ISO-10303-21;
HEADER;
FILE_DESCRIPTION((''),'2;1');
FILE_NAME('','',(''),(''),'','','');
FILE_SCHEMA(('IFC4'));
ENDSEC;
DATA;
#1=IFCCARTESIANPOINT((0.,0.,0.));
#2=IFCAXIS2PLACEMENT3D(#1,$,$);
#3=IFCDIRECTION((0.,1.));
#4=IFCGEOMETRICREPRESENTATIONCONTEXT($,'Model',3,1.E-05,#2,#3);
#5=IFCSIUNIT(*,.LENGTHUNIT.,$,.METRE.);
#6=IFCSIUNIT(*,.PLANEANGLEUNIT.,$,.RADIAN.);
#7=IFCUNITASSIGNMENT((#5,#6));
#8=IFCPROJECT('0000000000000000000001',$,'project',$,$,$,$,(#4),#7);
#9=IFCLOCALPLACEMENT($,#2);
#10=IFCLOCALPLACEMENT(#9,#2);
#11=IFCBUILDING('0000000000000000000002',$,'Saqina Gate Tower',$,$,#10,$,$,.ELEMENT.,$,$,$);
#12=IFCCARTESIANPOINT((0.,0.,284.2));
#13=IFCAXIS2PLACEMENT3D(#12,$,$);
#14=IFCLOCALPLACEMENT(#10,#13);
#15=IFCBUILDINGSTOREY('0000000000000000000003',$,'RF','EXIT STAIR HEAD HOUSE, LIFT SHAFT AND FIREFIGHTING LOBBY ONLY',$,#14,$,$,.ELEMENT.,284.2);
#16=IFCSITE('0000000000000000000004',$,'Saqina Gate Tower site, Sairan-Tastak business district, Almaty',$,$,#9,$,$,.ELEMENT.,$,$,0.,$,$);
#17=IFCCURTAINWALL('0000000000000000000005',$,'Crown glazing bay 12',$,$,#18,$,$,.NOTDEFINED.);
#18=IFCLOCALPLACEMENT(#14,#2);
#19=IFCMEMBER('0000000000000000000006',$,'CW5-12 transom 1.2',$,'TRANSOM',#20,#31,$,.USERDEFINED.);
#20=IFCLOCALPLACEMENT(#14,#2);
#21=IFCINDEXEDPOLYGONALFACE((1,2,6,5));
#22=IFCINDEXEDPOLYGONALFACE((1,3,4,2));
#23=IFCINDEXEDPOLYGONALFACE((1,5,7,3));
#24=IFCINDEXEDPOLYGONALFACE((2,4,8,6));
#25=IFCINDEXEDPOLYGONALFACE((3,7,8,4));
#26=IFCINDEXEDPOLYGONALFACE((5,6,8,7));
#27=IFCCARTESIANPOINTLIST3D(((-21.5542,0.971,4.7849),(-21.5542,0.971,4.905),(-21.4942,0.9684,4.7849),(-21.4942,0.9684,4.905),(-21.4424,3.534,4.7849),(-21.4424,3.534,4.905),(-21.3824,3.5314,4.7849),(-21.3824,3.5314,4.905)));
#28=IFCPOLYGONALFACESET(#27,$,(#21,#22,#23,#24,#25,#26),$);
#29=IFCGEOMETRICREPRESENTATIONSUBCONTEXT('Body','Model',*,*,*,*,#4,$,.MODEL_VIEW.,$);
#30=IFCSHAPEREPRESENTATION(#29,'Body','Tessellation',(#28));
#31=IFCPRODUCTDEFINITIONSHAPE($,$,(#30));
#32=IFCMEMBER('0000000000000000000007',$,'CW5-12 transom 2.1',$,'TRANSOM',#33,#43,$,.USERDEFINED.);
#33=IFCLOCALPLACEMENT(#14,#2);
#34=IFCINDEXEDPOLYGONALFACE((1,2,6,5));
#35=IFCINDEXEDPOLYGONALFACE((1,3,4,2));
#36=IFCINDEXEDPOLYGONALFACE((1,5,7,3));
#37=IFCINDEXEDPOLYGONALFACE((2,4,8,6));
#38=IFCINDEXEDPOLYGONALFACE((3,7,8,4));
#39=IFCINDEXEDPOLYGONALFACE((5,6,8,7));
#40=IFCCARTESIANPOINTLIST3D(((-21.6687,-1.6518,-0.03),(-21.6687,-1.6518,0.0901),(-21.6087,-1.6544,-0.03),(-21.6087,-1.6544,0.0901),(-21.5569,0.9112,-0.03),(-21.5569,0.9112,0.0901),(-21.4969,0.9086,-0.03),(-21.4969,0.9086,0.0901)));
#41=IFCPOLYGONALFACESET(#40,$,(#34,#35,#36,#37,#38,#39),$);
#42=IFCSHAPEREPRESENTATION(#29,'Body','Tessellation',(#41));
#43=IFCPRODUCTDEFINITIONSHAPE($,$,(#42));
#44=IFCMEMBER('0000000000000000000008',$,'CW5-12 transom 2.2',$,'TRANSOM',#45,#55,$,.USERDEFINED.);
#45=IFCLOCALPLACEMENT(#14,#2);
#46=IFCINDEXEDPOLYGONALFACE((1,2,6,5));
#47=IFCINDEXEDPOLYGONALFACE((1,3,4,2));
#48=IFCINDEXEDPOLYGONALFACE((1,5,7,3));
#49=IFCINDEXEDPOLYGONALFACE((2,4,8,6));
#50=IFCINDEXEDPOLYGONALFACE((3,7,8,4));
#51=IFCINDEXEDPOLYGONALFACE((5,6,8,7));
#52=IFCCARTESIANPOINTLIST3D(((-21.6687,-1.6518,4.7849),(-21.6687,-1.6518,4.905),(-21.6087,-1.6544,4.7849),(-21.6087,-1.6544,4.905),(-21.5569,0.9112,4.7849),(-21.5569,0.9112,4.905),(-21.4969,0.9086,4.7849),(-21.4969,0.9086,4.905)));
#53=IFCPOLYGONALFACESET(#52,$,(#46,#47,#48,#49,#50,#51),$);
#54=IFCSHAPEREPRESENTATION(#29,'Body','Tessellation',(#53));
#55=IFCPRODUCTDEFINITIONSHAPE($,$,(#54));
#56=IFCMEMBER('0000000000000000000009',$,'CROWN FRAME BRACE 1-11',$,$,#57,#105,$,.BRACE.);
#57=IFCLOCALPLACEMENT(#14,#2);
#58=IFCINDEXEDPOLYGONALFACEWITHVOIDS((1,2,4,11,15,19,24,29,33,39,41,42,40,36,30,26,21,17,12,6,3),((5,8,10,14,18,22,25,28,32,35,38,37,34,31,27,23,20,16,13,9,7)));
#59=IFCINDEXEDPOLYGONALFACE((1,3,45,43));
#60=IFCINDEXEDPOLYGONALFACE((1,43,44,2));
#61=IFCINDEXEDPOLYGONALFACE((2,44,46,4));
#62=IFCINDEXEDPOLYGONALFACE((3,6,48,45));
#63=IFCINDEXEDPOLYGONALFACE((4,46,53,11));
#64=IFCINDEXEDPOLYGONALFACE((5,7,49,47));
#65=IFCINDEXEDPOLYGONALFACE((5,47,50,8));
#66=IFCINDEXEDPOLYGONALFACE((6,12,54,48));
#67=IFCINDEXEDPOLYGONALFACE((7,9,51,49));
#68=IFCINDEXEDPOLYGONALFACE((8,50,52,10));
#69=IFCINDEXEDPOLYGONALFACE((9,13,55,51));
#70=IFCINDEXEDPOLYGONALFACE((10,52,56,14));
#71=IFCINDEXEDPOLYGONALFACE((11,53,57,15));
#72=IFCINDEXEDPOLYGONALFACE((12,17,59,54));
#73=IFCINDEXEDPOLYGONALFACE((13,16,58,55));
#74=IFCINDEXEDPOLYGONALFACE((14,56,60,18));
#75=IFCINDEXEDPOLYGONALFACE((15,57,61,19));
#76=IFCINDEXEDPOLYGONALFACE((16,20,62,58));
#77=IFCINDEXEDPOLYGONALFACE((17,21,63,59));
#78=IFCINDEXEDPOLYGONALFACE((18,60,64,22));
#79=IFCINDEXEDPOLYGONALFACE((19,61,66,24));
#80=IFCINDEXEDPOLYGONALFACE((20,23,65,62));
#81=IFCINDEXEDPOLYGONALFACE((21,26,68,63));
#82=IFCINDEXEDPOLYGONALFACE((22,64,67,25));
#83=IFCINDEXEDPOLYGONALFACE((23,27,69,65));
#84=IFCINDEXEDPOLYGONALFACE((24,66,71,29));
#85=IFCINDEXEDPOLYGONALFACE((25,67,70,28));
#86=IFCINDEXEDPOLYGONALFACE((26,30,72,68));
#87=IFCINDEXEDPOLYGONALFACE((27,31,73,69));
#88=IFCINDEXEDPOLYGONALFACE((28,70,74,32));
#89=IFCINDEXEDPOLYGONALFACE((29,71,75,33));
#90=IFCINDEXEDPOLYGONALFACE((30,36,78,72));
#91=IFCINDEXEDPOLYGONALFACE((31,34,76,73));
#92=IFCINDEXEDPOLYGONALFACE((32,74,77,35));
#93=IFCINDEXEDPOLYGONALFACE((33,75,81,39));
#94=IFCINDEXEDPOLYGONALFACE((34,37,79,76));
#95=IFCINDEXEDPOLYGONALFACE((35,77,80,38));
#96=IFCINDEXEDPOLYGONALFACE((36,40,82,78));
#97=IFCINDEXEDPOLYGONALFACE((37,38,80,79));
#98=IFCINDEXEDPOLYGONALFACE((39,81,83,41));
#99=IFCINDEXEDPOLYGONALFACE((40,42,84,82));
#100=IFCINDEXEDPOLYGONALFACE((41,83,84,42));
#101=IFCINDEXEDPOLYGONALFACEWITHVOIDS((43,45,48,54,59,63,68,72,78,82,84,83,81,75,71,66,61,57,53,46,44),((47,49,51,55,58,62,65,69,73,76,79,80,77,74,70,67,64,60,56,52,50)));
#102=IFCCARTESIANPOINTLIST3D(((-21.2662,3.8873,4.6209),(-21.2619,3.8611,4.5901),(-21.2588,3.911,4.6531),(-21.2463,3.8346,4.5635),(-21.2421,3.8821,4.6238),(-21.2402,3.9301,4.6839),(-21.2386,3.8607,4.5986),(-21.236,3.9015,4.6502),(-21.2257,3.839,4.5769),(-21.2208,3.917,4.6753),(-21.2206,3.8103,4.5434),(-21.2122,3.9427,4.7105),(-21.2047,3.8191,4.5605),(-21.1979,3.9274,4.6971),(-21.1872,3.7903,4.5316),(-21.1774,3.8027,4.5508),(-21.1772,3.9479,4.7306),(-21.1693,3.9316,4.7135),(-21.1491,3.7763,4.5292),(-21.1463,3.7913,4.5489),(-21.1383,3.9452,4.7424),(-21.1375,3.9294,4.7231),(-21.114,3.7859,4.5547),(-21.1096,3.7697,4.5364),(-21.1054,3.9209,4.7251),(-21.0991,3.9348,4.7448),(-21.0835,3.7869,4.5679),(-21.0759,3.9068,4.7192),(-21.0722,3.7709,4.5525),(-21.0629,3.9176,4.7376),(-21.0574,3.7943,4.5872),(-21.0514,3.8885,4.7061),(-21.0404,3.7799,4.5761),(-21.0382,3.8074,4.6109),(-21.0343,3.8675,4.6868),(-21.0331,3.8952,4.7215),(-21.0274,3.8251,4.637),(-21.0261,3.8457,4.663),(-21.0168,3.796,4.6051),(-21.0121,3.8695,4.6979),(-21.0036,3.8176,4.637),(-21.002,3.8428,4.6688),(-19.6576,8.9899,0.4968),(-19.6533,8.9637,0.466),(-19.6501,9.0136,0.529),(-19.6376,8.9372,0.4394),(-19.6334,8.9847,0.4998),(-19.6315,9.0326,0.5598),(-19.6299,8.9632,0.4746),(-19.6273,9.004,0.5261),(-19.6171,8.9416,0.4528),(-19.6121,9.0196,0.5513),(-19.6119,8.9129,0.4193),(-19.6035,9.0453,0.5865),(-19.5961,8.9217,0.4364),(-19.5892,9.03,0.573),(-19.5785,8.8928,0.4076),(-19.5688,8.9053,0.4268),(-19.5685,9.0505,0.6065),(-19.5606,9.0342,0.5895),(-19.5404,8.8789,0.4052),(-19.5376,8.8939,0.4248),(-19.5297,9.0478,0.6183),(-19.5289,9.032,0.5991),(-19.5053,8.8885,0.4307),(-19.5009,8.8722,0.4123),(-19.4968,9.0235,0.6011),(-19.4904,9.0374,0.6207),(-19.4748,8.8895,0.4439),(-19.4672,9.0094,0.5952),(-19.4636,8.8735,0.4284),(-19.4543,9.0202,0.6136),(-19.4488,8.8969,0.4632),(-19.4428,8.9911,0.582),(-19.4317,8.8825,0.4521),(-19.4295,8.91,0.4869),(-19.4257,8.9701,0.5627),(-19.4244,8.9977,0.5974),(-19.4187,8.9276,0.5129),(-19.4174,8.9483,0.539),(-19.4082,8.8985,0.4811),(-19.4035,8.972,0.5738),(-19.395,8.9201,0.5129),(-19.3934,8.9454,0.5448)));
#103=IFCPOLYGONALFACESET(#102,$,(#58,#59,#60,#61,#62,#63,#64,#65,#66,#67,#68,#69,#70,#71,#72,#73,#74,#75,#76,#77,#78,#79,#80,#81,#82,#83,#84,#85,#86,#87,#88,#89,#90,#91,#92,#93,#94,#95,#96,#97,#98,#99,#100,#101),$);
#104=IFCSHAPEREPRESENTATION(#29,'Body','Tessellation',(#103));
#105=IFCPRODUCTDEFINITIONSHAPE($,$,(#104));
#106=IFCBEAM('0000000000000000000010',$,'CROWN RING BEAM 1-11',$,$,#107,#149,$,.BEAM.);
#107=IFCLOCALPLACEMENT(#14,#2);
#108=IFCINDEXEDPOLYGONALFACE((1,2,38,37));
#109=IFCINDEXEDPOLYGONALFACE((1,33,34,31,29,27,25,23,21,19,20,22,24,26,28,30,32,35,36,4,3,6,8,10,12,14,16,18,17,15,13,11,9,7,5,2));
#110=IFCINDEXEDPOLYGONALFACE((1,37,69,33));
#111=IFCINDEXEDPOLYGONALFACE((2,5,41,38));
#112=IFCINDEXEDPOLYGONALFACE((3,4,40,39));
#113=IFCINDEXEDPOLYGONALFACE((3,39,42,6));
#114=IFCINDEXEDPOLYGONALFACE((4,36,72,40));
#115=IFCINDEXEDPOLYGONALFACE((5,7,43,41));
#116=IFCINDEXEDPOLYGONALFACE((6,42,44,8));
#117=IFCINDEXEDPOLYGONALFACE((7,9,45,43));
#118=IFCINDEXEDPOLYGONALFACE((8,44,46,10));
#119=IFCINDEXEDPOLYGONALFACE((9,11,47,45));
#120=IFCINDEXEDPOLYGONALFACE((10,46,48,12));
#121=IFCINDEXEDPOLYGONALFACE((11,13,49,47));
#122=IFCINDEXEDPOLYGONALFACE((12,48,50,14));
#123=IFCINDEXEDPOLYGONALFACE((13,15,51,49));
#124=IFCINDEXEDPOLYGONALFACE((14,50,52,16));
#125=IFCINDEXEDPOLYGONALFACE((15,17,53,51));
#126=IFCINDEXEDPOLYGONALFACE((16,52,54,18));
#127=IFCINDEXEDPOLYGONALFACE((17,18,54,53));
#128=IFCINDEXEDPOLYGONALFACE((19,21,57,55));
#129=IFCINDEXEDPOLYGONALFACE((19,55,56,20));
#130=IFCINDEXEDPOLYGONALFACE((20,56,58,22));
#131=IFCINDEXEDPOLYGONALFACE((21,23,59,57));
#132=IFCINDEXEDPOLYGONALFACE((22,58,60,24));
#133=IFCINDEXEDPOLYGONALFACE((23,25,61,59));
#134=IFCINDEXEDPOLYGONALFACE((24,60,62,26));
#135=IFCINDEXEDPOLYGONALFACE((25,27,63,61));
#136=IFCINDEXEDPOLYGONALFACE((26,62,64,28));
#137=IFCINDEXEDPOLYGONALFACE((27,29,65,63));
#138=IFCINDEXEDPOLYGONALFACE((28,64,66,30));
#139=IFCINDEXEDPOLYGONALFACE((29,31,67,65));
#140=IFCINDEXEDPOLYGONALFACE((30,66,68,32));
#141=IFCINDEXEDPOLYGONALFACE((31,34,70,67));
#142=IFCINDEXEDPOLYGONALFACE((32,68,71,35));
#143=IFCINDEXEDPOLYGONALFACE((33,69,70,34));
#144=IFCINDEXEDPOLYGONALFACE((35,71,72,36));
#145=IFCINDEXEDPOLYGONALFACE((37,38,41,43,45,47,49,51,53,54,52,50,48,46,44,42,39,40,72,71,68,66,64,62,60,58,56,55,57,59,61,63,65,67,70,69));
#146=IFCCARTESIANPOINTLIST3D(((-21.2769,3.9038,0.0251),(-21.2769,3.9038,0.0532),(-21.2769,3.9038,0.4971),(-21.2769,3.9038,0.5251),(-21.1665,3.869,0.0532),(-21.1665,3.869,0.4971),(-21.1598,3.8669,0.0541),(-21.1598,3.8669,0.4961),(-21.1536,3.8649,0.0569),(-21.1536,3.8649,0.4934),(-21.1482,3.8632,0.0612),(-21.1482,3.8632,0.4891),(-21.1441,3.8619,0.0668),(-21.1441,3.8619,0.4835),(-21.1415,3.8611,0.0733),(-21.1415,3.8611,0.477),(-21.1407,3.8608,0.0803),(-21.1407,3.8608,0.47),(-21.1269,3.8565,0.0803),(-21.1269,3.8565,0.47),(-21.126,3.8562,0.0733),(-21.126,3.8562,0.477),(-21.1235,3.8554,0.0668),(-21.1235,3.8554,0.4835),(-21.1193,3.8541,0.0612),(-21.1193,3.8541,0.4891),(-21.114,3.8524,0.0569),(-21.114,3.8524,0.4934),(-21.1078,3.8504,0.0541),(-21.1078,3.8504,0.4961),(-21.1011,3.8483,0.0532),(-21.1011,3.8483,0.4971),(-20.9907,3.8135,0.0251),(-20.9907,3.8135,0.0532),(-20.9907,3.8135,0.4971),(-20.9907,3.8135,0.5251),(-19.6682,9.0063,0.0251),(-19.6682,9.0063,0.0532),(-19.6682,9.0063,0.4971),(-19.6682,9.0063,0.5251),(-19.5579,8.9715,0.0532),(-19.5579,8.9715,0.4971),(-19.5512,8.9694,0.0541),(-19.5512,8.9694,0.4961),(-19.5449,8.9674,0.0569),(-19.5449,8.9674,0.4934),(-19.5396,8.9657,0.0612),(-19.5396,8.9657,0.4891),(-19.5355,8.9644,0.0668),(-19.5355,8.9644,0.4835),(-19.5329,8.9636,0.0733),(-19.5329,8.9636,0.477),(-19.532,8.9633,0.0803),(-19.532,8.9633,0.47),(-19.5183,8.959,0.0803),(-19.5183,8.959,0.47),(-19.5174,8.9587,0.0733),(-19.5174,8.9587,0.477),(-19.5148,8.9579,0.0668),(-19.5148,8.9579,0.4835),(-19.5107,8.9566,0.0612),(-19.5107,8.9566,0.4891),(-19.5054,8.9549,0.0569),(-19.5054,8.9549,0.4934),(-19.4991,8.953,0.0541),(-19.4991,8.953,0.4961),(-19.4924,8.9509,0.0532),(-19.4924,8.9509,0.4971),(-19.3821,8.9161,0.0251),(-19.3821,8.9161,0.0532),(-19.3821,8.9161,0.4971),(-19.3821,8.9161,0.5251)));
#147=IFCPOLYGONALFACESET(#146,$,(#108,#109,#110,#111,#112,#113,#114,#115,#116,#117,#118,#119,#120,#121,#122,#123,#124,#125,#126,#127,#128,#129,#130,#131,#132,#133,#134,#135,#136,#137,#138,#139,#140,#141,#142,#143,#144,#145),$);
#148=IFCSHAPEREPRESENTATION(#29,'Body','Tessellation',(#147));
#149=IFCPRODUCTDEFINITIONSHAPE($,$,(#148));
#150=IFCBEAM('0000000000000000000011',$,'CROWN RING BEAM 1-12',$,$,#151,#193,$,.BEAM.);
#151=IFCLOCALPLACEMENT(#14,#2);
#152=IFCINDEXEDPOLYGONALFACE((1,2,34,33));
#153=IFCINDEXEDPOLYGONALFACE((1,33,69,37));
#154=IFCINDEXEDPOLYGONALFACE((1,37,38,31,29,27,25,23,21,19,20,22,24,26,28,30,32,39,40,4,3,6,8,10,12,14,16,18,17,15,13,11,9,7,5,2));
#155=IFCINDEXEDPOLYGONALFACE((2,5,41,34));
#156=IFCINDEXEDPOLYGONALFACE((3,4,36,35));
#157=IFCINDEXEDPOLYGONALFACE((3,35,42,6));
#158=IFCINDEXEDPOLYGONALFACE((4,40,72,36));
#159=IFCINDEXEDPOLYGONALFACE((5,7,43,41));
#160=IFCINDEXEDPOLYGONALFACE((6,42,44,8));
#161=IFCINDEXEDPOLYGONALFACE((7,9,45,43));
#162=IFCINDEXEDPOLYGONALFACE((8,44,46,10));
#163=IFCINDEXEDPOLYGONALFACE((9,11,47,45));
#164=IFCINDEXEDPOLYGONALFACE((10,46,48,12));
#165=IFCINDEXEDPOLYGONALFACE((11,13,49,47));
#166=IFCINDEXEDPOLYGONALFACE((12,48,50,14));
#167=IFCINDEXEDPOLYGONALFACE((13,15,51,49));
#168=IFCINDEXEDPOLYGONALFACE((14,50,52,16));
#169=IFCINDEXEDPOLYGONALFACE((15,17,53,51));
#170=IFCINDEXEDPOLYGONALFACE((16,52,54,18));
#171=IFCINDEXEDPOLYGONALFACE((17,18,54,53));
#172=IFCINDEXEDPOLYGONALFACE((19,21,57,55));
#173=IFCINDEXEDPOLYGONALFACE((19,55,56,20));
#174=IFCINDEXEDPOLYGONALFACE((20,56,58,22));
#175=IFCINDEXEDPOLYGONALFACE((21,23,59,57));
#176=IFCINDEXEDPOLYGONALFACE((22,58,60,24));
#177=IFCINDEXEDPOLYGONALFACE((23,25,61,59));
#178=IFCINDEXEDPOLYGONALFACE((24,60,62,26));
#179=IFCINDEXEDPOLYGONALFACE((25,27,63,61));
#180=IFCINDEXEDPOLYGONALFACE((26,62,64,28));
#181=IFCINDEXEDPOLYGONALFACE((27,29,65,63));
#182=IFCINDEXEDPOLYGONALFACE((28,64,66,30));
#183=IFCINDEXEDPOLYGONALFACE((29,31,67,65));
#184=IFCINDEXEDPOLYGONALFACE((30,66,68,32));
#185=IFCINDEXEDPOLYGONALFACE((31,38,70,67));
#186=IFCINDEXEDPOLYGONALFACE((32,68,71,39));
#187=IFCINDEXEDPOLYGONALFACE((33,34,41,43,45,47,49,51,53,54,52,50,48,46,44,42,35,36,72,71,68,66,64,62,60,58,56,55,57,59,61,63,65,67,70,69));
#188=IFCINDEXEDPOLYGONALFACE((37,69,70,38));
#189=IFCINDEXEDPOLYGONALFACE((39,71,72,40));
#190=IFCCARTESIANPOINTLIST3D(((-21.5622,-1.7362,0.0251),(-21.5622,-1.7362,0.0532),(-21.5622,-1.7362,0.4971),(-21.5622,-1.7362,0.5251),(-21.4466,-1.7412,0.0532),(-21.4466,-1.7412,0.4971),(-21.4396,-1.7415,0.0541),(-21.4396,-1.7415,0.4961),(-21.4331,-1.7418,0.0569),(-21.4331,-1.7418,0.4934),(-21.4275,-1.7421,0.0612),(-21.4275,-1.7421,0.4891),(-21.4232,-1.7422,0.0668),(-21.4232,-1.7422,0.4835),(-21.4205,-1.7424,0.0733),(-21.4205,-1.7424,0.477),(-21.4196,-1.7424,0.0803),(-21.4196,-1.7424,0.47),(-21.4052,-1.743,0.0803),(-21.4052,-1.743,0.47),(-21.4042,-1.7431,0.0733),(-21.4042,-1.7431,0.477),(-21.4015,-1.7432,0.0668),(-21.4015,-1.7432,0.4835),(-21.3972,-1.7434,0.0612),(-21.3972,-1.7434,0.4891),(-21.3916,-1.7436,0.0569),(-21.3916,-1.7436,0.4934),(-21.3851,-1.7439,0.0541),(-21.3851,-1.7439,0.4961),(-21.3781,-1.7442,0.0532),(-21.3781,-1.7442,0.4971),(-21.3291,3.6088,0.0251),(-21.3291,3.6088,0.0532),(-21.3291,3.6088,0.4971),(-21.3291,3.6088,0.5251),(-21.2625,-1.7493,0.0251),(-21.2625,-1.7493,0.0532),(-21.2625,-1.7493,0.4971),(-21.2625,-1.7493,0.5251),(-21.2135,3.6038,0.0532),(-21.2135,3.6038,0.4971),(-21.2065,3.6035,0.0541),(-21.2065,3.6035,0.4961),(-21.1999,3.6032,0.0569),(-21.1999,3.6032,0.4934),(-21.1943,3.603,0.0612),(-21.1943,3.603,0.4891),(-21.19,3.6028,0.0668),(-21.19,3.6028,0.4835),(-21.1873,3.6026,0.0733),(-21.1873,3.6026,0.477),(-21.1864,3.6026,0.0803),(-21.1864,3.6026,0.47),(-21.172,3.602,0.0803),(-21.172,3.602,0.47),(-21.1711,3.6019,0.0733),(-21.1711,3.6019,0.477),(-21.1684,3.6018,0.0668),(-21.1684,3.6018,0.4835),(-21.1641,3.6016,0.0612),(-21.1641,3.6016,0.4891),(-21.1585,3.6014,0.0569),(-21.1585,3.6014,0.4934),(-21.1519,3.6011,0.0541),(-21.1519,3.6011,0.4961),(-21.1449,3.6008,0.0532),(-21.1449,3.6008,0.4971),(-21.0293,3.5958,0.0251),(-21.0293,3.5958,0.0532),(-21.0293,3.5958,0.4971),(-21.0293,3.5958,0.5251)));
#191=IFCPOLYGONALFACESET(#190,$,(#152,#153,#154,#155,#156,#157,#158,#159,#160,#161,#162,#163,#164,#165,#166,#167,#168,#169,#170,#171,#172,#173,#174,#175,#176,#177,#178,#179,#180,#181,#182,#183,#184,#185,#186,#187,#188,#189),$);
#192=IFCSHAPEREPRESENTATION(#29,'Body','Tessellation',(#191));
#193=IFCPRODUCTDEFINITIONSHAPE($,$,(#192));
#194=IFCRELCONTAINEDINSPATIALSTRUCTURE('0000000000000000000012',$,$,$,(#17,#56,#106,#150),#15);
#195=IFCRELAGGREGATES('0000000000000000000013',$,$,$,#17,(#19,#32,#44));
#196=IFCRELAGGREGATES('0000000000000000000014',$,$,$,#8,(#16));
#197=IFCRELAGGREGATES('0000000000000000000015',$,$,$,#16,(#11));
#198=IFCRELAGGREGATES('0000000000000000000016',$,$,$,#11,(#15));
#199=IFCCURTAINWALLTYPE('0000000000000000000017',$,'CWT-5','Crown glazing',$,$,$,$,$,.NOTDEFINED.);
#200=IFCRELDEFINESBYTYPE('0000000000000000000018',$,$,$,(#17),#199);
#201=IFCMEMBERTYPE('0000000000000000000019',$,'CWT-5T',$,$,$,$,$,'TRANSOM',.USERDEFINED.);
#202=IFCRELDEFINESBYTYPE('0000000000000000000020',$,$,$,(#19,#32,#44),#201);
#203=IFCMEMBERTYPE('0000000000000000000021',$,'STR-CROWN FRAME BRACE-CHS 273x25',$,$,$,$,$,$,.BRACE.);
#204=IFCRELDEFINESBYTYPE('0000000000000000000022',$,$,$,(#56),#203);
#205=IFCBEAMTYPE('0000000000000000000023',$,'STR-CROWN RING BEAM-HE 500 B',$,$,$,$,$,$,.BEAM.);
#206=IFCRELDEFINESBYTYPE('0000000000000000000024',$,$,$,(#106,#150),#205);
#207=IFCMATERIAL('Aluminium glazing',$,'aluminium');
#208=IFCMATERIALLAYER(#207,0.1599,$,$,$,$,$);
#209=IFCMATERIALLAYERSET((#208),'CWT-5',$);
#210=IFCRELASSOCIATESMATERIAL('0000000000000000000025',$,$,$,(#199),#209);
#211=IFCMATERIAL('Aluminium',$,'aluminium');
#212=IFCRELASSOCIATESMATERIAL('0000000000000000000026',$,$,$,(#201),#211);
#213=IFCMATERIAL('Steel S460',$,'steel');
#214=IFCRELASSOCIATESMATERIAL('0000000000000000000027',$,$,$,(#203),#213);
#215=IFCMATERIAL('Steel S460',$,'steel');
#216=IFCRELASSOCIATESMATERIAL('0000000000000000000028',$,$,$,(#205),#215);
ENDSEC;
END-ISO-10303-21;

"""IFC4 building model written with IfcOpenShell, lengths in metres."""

from ifc_helpers import new_model, si_unit, direction, frame, origin, origin_2d, place, context, subcontext, project, spatial, rectangle, hollow_circle, i_section, extrude, material, layer, layer_set, material_profile, profile_set, type_object, element, aggregate, save


model = new_model("IFC4")

# Units and contexts
model_context = context("Model", 3, precision=1e-05, world=origin(), true_north=direction((0.0, 1.0)))
body_context = subcontext(model_context, "Body", "Model", "MODEL_VIEW")
ifc_project = project(units=[si_unit("LENGTHUNIT", "METRE"), si_unit("PLANEANGLEUNIT", "RADIAN")], contexts=[model_context])

# Site, building, storey
site_placement = place(None, origin())
site = spatial("IfcSite", under=ifc_project, at=site_placement, Name="Saqina Gate Tower site, Sairan-Tastak business district, Almaty", CompositionType="ELEMENT", RefElevation=0.0)
building_placement = place(site_placement, origin())
building = spatial("IfcBuilding", under=site, at=building_placement, Name="Saqina Gate Tower", CompositionType="ELEMENT")
storey_placement = place(building_placement, frame((0.0, 0.0, 284.2)))
storey = spatial("IfcBuildingStorey", under=building, at=storey_placement, Name="RF", Description="EXIT STAIR HEAD HOUSE, LIFT SHAFT AND FIREFIGHTING LOBBY ONLY", CompositionType="ELEMENT", Elevation=284.2)

# Shared definitions
ifc_material_1 = material(Name="Aluminium glazing", Category="aluminium")
ifc_layer_1 = layer(ifc_material_1, 0.1599)
ifc_layer_set_1 = layer_set([ifc_layer_1], Name="CWT-5")
curtain_wall_type = type_object("IfcCurtainWallType", Name="CWT-5", Description="Crown glazing", PredefinedType="NOTDEFINED", material=ifc_layer_set_1)

# Curtain wall, members
curtain_wall_1_placement = place(storey_placement, origin())
curtain_wall_1 = element("IfcCurtainWall", 1, at=curtain_wall_1_placement, inside=storey, type_object=curtain_wall_type, Name="Crown glazing bay 12", PredefinedType="NOTDEFINED")
ifc_material_2 = material(Name="Aluminium", Category="aluminium")
ifc_material_profile_1 = material_profile(ifc_material_2, rectangle(XDim=0.0601, YDim=0.1201, at=origin_2d()), Name="Aluminium 60x120")
ifc_profile_set_1 = profile_set([ifc_material_profile_1], Name="Aluminium")
member_type_1 = type_object("IfcMemberType", Name="CWT-5T", ElementType="TRANSOM", PredefinedType="USERDEFINED", material=ifc_profile_set_1)
member_1_placement = place(storey_placement, frame((-21.4124, 3.5327, 4.845), z_axis=(-0.043586, -0.99905, 0.0), x_axis=(0.99905, -0.043586, 0.0)))
member_1 = element("IfcMember", 2, at=member_1_placement, type_object=member_type_1, Name="CW5-12 transom 1.2", ObjectType="TRANSOM", PredefinedType="USERDEFINED", context=body_context, shape_type="SweptSolid", body=[
    extrude(rectangle(XDim=0.0601, YDim=0.1201, at=origin_2d()), origin(), (0.0, 0.0, 1.0), 2.5654),
])
member_2_placement = place(storey_placement, frame((-21.5269, 0.9099, 0.03), z_axis=(-0.043586, -0.99905, 0.0), x_axis=(0.99905, -0.043586, 0.0)))
member_2 = element("IfcMember", 3, at=member_2_placement, type_object=member_type_1, Name="CW5-12 transom 2.1", ObjectType="TRANSOM", PredefinedType="USERDEFINED", context=body_context, shape_type="SweptSolid", body=[
    extrude(rectangle(XDim=0.0601, YDim=0.1201, at=origin_2d()), origin(), (0.0, 0.0, 1.0), 2.5654),
])
member_3_placement = place(storey_placement, frame((-21.5269, 0.9099, 4.845), z_axis=(-0.043586, -0.99905, 0.0), x_axis=(0.99905, -0.043586, 0.0)))
member_3 = element("IfcMember", 4, at=member_3_placement, type_object=member_type_1, Name="CW5-12 transom 2.2", ObjectType="TRANSOM", PredefinedType="USERDEFINED", context=body_context, shape_type="SweptSolid", body=[
    extrude(rectangle(XDim=0.0601, YDim=0.1201, at=origin_2d()), origin(), (0.0, 0.0, 1.0), 2.5654),
])

# Member
ifc_material_3 = material(Name="Steel S460", Category="steel")
ifc_material_profile_2 = material_profile(ifc_material_3, hollow_circle(Radius=0.1365, WallThickness=0.0249, at=origin_2d()), Name="CHS 273x25")
ifc_profile_set_2 = profile_set([ifc_material_profile_2], Name="Steel S460")
member_type_2 = type_object("IfcMemberType", Name="STR-CROWN FRAME BRACE-CHS 273x25", PredefinedType="BRACE", material=ifc_profile_set_2)
member_4_placement = place(storey_placement, frame((-19.5251, 8.9612, 0.5129), z_axis=(-0.238138, -0.755362, 0.610506), x_axis=(0.953727, -0.300675, 0.0)))
element("IfcMember", 5, at=member_4_placement, inside=storey, type_object=member_type_2, Name="CROWN FRAME BRACE 1-11", PredefinedType="BRACE", context=body_context, shape_type="SweptSolid", body=[
    extrude(hollow_circle(Radius=0.1365, WallThickness=0.0249, at=origin_2d()), origin(), (0.0, 0.0, 1.0), 6.7551),
])

# Beams
ifc_material_4 = material(Name="Steel S460", Category="steel")
ifc_material_profile_3 = material_profile(ifc_material_4, i_section(OverallWidth=0.3, OverallDepth=0.5, WebThickness=0.0144, FlangeThickness=0.0281, FilletRadius=0.0271, at=origin_2d()), Name="HE 500 B")
ifc_profile_set_3 = profile_set([ifc_material_profile_3], Name="Steel S460")
beam_type = type_object("IfcBeamType", Name="STR-CROWN RING BEAM-HE 500 B", PredefinedType="BEAM", material=ifc_profile_set_3)
for number, where, z_axis, x_axis, name in (
    (6, (-19.5251, 8.9612, 0.2751), (-0.300675, -0.953727, 0.0), (0.953727, -0.300675, 0.0), "CROWN RING BEAM 1-11"),
    (7, (-21.1792, 3.6023, 0.2751), (-0.04358, -0.99905, 0.0), (0.99905, -0.04358, 0.0), "CROWN RING BEAM 1-12"),
):
    element("IfcBeam", number, at=place(storey_placement, frame(where, z_axis=z_axis, x_axis=x_axis)), inside=storey, type_object=beam_type, Name=name, PredefinedType="BEAM", context=body_context, shape_type="SweptSolid", body=[
        extrude(i_section(OverallWidth=0.3, OverallDepth=0.5, WebThickness=0.0144, FlangeThickness=0.0281, FilletRadius=0.0271, at=origin_2d()), origin(), (0.0, 0.0, 1.0), 5.3501),
    ])

aggregate(curtain_wall_1, [member_1, member_2, member_3])

save(model, "model.ifc")
